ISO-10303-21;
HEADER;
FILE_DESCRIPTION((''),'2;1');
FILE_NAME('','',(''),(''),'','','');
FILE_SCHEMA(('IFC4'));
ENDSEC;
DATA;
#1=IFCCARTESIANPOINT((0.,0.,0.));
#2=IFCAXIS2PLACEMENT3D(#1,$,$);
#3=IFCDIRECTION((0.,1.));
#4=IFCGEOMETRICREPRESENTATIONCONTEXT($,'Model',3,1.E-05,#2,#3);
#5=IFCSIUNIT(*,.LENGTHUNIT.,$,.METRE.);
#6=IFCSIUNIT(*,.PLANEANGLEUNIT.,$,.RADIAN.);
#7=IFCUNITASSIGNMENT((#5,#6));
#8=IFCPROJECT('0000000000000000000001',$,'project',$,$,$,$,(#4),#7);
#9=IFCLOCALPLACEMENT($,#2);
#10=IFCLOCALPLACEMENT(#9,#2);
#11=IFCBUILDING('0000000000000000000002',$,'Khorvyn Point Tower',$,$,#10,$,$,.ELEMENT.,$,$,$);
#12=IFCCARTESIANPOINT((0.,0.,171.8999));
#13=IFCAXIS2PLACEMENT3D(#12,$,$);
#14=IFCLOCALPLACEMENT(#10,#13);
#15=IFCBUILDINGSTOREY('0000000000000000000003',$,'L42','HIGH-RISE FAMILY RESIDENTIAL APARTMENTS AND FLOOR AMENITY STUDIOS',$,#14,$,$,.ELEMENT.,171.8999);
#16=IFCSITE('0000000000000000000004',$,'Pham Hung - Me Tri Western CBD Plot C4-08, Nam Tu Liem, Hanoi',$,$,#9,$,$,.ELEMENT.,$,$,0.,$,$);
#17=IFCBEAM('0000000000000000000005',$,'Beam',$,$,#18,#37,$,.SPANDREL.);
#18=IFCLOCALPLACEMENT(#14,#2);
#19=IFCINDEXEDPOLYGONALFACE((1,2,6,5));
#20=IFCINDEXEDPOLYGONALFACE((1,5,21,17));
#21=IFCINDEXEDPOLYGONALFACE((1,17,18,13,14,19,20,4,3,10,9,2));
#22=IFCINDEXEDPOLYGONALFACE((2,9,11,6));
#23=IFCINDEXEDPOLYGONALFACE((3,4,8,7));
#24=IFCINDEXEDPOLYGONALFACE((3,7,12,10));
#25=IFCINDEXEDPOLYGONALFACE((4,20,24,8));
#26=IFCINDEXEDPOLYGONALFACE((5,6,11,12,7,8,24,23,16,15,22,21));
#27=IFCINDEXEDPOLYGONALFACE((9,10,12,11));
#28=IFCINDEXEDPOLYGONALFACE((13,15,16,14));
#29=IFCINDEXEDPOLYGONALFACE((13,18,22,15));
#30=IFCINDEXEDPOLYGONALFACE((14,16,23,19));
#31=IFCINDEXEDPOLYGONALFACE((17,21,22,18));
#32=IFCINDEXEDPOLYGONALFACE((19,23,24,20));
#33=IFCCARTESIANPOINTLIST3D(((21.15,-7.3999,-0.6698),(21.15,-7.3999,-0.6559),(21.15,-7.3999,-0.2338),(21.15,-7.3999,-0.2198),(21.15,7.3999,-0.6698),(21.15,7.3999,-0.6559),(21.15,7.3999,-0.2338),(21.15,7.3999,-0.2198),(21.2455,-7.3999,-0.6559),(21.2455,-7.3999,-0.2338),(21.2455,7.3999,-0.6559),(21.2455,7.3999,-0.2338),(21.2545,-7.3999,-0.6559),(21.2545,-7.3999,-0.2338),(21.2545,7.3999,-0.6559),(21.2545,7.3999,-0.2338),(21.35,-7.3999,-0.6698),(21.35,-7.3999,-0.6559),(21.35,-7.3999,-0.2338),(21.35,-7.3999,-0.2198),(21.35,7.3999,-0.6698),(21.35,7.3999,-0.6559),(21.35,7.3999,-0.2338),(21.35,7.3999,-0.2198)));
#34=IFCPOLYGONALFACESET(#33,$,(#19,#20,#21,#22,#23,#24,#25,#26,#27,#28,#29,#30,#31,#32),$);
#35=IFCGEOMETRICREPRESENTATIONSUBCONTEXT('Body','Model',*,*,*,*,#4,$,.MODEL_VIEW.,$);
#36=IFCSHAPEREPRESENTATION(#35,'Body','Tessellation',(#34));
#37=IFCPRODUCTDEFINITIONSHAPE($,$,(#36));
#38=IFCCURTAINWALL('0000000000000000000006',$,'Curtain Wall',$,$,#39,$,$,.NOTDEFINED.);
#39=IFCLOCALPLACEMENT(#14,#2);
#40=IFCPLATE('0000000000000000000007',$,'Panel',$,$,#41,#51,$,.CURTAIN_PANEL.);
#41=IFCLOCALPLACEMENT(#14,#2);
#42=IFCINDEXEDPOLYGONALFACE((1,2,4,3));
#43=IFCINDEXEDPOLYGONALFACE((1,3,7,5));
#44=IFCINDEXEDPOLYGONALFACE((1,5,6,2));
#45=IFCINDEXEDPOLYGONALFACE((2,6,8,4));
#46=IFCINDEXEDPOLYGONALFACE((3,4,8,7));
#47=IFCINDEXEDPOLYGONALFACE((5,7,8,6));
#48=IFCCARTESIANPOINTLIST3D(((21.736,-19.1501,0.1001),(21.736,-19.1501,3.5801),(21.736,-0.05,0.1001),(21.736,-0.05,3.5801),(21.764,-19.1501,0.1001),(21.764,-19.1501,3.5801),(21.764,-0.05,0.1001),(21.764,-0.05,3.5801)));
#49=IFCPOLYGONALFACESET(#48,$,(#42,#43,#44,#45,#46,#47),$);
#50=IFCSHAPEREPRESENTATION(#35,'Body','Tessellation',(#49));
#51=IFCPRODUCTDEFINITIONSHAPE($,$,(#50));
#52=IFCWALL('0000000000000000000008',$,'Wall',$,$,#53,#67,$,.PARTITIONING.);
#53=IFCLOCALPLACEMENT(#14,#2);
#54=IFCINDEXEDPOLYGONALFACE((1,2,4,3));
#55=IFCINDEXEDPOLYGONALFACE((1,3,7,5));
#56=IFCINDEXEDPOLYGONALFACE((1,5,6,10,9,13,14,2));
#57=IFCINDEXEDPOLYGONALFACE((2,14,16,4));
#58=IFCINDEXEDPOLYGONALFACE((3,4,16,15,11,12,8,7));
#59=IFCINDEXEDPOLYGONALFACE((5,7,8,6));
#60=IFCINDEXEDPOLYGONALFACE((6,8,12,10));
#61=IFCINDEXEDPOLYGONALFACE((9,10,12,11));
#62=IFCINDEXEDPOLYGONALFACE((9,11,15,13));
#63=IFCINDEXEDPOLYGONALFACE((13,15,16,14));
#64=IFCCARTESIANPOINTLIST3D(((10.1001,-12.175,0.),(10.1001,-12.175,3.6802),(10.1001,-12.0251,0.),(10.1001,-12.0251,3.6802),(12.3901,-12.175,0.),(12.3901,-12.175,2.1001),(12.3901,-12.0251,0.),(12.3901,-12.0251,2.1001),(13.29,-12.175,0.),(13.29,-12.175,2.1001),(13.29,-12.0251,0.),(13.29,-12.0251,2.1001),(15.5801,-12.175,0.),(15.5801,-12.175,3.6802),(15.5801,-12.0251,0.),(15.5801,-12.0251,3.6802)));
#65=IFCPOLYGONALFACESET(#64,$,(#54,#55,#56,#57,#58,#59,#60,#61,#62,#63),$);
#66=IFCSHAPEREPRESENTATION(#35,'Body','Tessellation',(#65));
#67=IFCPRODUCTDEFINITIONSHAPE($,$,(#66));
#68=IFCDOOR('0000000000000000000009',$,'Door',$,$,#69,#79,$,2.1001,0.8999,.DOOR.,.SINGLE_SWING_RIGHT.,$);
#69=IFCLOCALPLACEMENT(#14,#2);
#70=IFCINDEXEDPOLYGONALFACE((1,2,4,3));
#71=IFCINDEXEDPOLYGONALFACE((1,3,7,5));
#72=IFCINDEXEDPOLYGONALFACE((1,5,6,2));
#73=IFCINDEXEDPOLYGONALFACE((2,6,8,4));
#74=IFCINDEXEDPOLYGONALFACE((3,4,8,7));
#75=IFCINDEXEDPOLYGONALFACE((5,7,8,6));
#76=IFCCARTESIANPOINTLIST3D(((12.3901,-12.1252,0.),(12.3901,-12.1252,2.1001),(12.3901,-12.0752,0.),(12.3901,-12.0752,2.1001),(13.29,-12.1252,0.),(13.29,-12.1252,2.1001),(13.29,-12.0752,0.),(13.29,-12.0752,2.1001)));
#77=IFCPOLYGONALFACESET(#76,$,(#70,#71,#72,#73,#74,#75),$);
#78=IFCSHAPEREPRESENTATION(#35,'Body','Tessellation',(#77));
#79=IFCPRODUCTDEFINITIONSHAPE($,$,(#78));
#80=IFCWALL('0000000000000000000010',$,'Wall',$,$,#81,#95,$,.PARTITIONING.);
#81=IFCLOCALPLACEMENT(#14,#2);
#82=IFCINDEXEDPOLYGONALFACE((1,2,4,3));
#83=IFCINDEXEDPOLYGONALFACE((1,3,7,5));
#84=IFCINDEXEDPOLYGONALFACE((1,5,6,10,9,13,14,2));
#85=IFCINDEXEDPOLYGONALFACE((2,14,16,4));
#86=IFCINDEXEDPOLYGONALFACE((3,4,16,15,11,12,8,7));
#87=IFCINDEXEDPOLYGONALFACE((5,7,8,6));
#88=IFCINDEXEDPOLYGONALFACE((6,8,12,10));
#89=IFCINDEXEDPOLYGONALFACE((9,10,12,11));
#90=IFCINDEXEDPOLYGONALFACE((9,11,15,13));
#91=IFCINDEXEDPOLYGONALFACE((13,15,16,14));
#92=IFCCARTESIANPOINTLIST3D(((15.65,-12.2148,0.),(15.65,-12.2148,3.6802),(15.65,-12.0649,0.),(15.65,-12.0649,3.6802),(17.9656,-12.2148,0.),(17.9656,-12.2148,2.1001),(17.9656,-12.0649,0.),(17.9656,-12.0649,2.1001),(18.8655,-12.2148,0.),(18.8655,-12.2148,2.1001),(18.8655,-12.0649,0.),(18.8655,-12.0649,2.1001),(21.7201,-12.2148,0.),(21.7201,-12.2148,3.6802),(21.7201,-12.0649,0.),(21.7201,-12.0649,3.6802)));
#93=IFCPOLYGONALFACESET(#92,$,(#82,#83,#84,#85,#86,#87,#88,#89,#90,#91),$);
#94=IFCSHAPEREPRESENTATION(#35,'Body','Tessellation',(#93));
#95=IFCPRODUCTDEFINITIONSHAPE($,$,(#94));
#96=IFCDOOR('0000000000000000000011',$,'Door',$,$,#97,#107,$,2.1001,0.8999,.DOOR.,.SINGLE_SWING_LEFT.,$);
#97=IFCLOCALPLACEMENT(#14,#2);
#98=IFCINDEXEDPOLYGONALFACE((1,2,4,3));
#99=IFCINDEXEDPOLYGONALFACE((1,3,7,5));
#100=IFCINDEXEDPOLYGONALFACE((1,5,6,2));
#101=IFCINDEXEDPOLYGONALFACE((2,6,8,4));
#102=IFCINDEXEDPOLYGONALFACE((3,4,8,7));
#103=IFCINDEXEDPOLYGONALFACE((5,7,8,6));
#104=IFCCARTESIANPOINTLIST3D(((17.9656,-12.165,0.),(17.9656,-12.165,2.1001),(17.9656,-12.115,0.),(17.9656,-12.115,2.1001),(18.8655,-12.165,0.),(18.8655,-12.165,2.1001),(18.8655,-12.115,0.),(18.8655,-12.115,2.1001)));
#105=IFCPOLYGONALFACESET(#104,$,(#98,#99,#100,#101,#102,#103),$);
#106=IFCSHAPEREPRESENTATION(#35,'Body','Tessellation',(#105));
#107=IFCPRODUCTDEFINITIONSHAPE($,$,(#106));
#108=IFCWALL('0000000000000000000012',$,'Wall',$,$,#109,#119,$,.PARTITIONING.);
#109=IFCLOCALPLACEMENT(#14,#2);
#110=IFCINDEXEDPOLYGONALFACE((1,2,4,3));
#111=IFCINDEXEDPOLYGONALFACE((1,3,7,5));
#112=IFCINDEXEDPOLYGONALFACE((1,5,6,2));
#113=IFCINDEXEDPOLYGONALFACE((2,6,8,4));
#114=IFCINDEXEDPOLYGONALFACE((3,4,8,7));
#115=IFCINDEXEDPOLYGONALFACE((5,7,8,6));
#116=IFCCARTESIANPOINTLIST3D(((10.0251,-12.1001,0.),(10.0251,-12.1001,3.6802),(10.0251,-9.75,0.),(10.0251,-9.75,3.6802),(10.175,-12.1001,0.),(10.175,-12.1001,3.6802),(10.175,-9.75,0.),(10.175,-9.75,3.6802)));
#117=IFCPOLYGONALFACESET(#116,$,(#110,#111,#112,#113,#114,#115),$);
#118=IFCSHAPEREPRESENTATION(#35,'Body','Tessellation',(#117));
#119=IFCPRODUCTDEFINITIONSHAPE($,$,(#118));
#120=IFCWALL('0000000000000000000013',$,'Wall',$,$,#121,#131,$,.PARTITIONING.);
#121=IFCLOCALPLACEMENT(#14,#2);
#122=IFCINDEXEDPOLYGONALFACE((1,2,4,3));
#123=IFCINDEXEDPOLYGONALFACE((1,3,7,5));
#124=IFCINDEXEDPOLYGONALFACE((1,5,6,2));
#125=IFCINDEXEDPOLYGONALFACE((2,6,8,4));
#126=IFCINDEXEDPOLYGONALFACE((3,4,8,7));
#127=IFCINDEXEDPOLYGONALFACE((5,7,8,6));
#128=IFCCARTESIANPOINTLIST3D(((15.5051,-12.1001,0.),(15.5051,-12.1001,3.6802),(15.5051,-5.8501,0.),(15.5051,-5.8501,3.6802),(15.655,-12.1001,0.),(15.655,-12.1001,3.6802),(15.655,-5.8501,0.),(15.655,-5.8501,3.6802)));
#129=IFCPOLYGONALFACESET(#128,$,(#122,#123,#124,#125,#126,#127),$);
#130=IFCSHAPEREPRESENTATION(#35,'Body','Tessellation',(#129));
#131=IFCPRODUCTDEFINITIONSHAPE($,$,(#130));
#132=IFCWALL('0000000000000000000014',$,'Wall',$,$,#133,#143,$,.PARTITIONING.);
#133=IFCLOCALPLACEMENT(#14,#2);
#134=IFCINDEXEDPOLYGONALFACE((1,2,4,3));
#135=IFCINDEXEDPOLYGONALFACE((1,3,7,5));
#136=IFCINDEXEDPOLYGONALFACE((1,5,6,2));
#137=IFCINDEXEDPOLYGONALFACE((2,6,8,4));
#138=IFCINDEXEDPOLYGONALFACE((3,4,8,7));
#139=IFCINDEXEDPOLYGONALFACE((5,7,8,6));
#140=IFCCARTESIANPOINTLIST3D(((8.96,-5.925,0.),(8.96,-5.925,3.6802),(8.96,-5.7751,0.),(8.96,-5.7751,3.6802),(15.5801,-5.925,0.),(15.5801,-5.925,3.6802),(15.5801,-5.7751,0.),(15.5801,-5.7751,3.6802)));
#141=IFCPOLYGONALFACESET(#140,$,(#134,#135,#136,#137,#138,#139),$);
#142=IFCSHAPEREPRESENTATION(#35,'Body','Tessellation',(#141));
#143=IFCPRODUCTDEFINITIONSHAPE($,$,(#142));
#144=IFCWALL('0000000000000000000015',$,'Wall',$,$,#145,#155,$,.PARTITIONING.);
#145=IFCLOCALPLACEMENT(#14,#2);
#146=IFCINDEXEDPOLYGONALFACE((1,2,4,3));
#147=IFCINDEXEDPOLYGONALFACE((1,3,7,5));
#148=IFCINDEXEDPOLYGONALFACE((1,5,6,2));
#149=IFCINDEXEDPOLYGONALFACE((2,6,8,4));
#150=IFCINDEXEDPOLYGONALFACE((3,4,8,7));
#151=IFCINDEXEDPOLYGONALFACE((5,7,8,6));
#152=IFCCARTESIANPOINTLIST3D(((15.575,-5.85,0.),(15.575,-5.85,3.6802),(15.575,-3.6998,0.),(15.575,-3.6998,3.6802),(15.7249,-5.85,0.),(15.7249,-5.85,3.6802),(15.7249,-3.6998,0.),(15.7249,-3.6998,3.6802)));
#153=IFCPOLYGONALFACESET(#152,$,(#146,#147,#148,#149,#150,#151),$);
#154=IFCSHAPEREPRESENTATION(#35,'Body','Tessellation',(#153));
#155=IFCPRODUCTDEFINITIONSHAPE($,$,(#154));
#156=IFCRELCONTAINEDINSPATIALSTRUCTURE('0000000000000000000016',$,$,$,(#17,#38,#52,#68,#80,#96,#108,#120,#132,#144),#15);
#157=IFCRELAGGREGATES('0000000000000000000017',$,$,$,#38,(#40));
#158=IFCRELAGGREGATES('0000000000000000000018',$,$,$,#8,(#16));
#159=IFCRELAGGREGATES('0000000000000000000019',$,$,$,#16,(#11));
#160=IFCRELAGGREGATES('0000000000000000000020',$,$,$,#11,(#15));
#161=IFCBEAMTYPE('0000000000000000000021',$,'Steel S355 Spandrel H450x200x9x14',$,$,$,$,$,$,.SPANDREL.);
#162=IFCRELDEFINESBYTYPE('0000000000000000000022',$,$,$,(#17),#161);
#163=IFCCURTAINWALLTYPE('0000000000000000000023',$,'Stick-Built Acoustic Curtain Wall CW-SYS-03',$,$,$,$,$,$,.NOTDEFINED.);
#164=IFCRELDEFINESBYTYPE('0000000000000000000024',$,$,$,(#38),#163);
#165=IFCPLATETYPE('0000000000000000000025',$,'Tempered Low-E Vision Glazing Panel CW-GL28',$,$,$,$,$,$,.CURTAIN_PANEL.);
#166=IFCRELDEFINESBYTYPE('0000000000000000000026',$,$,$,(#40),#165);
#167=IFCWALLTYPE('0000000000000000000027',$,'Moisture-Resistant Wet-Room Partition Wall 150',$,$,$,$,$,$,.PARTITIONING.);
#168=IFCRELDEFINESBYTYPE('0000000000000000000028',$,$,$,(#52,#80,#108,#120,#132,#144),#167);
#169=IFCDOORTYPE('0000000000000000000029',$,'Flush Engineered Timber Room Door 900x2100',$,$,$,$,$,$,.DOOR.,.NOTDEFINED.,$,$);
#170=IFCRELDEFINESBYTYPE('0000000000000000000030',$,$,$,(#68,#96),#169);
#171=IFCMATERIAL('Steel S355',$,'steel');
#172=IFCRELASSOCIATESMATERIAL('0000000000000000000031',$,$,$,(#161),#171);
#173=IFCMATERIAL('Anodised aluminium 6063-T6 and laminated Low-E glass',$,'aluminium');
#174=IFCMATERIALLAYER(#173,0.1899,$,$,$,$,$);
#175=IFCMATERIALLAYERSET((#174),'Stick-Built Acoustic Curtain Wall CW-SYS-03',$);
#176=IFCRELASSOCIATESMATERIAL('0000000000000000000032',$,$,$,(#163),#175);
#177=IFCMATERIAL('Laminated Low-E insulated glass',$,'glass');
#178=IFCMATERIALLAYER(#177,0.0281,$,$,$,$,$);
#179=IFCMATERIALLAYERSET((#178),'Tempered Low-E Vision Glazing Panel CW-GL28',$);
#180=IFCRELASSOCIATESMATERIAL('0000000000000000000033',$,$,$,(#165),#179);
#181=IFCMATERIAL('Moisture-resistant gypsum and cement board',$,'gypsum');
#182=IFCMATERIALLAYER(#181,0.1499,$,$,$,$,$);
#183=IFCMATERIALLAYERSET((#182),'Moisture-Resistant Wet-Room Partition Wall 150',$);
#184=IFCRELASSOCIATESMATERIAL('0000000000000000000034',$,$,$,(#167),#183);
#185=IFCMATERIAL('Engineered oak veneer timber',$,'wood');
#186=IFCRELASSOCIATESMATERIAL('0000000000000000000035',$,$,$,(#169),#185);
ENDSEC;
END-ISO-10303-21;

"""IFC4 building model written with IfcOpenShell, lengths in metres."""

from ifc_helpers import new_model, si_unit, direction, frame, frame_2d, origin, origin_2d, place, context, subcontext, project, spatial, rectangle, i_section, extrude, material, layer, layer_set, material_profile, profile_set, type_object, element, fill, aggregate, save


model = new_model("IFC4")

# Units and contexts
model_context = context("Model", 3, precision=1e-05, world=origin(), true_north=direction((0.0, 1.0)))
body_context = subcontext(model_context, "Body", "Model", "MODEL_VIEW")
ifc_project = project(units=[si_unit("LENGTHUNIT", "METRE"), si_unit("PLANEANGLEUNIT", "RADIAN")], contexts=[model_context])

# Site, building, storey
site_placement = place(None, origin())
site = spatial("IfcSite", under=ifc_project, at=site_placement, Name="Pham Hung - Me Tri Western CBD Plot C4-08, Nam Tu Liem, Hanoi", CompositionType="ELEMENT", RefElevation=0.0)
building_placement = place(site_placement, origin())
building = spatial("IfcBuilding", under=site, at=building_placement, Name="Khorvyn Point Tower", CompositionType="ELEMENT")
storey_placement = place(building_placement, frame((0.0, 0.0, 171.8999)))
storey = spatial("IfcBuildingStorey", under=building, at=storey_placement, Name="L42", Description="HIGH-RISE FAMILY RESIDENTIAL APARTMENTS AND FLOOR AMENITY STUDIOS", CompositionType="ELEMENT", Elevation=171.8999)

# Beam
ifc_material_1 = material(Name="Steel S355", Category="steel")
ifc_material_profile_1 = material_profile(ifc_material_1, i_section(OverallWidth=0.2, OverallDepth=0.45, WebThickness=0.009, FlangeThickness=0.0139, at=origin_2d()))
ifc_profile_set_1 = profile_set([ifc_material_profile_1], Name="Steel S355 H450x200x9x14")
beam_type_1 = type_object("IfcBeamType", Name="Steel S355 Spandrel H450x200x9x14", PredefinedType="SPANDREL", material=ifc_profile_set_1)
beam_1_placement = place(storey_placement, frame((21.25, -7.3999, -0.4448), z_axis=(0.0, 1.0, 0.0), x_axis=(-1.0, 0.0, 0.0)))
element("IfcBeam", 1, at=beam_1_placement, inside=storey, type_object=beam_type_1, Name="Beam", PredefinedType="SPANDREL", context=body_context, shape_type="SweptSolid", body=[
    extrude(i_section(OverallWidth=0.2, OverallDepth=0.45, WebThickness=0.009, FlangeThickness=0.0139, at=origin_2d()), origin(), (0.0, 0.0, 1.0), 14.7998),
])

# Curtain wall, plate
ifc_material_2 = material(Name="Anodised aluminium 6063-T6 and laminated Low-E glass", Category="aluminium")
ifc_layer_1 = layer(ifc_material_2, 0.1899)
ifc_layer_set_1 = layer_set([ifc_layer_1], Name="Stick-Built Acoustic Curtain Wall CW-SYS-03")
curtain_wall_type = type_object("IfcCurtainWallType", Name="Stick-Built Acoustic Curtain Wall CW-SYS-03", PredefinedType="NOTDEFINED", material=ifc_layer_set_1)
curtain_wall_placement = place(storey_placement, origin())
curtain_wall = element("IfcCurtainWall", 2, at=curtain_wall_placement, inside=storey, type_object=curtain_wall_type, Name="Curtain Wall", PredefinedType="NOTDEFINED")
ifc_material_3 = material(Name="Laminated Low-E insulated glass", Category="glass")
ifc_layer_2 = layer(ifc_material_3, 0.0281)
ifc_layer_set_2 = layer_set([ifc_layer_2], Name="Tempered Low-E Vision Glazing Panel CW-GL28")
plate_type = type_object("IfcPlateType", Name="Tempered Low-E Vision Glazing Panel CW-GL28", PredefinedType="CURTAIN_PANEL", material=ifc_layer_set_2)
plate_placement = place(storey_placement, frame((21.75, -9.6001, 0.1001), z_axis=(0.0, 0.0, 1.0), x_axis=(0.0, -1.0, 0.0)))
plate = element("IfcPlate", 3, at=plate_placement, type_object=plate_type, Name="Panel", PredefinedType="CURTAIN_PANEL", context=body_context, shape_type="SweptSolid", body=[
    extrude(rectangle(XDim=19.1001, YDim=0.0281, at=origin_2d()), origin(), (0.0, 0.0, 1.0), 3.48),
])
aggregate(curtain_wall, [plate])

# Walls, openings, doors
ifc_material_4 = material(Name="Moisture-resistant gypsum and cement board", Category="gypsum")
ifc_layer_3 = layer(ifc_material_4, 0.1499)
ifc_layer_set_3 = layer_set([ifc_layer_3], Name="Moisture-Resistant Wet-Room Partition Wall 150")
wall_type = type_object("IfcWallType", Name="Moisture-Resistant Wet-Room Partition Wall 150", PredefinedType="PARTITIONING", material=ifc_layer_set_3)
wall_1_placement = place(storey_placement, frame((10.1001, -12.1001, 0.0), z_axis=(0.0, 0.0, 1.0), x_axis=(1.0, 0.0, 0.0)))
wall_1 = element("IfcWall", 4, at=wall_1_placement, inside=storey, type_object=wall_type, Name="Wall", PredefinedType="PARTITIONING", context=body_context, shape_type="SweptSolid", body=[
    extrude(rectangle(XDim=5.48, YDim=0.1499, at=frame_2d((2.74, 0.0))), origin(), (0.0, 0.0, 1.0), 3.6802),
])
opening_1_placement = place(wall_1_placement, frame((2.29, 0.0, 0.0)))
opening_1 = element("IfcOpeningElement", 5, at=opening_1_placement, cuts=wall_1, PredefinedType="OPENING", context=body_context, shape_type="SweptSolid", body=[
    extrude(rectangle(XDim=0.8999, YDim=2.1001, at=frame_2d((0.45, 1.05))), frame((0.0, 0.085, 0.0), z_axis=(0.0, -1.0, 0.0), x_axis=(1.0, 0.0, 0.0)), (0.0, 0.0, 1.0), 0.1699),
])
ifc_material_5 = material(Name="Engineered oak veneer timber", Category="wood")
door_type = type_object("IfcDoorType", Name="Flush Engineered Timber Room Door 900x2100", OperationType="NOTDEFINED", PredefinedType="DOOR", material=ifc_material_5)
door_1_placement = place(opening_1_placement, origin())
door_1 = element("IfcDoor", 6, at=door_1_placement, inside=storey, type_object=door_type, Name="Door", OperationType="SINGLE_SWING_RIGHT", OverallHeight=2.1001, OverallWidth=0.8999, PredefinedType="DOOR", context=body_context, shape_type="SweptSolid", body=[
    extrude(rectangle(XDim=0.8999, YDim=2.1001, at=frame_2d((0.45, 1.05))), frame((0.0, 0.0249, 0.0), z_axis=(0.0, -1.0, 0.0), x_axis=(1.0, 0.0, 0.0)), (0.0, 0.0, 1.0), 0.05),
])
fill(opening_1, door_1)
wall_2_placement = place(storey_placement, frame((15.6499, -12.1399, 0.0), z_axis=(0.0, 0.0, 1.0), x_axis=(1.0, 0.0, 0.0)))
wall_2 = element("IfcWall", 7, at=wall_2_placement, inside=storey, type_object=wall_type, Name="Wall", PredefinedType="PARTITIONING", context=body_context, shape_type="SweptSolid", body=[
    extrude(rectangle(XDim=6.0701, YDim=0.1499, at=frame_2d((3.0352, 0.0))), origin(), (0.0, 0.0, 1.0), 3.6802),
])
opening_2_placement = place(wall_2_placement, frame((2.3157, 0.0, 0.0)))
opening_2 = element("IfcOpeningElement", 8, at=opening_2_placement, cuts=wall_2, PredefinedType="OPENING", context=body_context, shape_type="SweptSolid", body=[
    extrude(rectangle(XDim=0.8999, YDim=2.1001, at=frame_2d((0.45, 1.05))), frame((0.0, 0.085, 0.0), z_axis=(0.0, -1.0, 0.0), x_axis=(1.0, 0.0, 0.0)), (0.0, 0.0, 1.0), 0.1699),
])
door_2_placement = place(opening_2_placement, origin())
door_2 = element("IfcDoor", 9, at=door_2_placement, inside=storey, type_object=door_type, Name="Door", OperationType="SINGLE_SWING_LEFT", OverallHeight=2.1001, OverallWidth=0.8999, PredefinedType="DOOR", context=body_context, shape_type="SweptSolid", body=[
    extrude(rectangle(XDim=0.8999, YDim=2.1001, at=frame_2d((0.45, 1.05))), frame((0.0, 0.0249, 0.0), z_axis=(0.0, -1.0, 0.0), x_axis=(1.0, 0.0, 0.0)), (0.0, 0.0, 1.0), 0.05),
])
fill(opening_2, door_2)

# Walls
wall_3_placement = place(storey_placement, frame((10.1001, -12.1001, 0.0), z_axis=(0.0, 0.0, 1.0), x_axis=(0.0, 1.0, 0.0)))
element("IfcWall", 10, at=wall_3_placement, inside=storey, type_object=wall_type, Name="Wall", PredefinedType="PARTITIONING", context=body_context, shape_type="SweptSolid", body=[
    extrude(rectangle(XDim=2.3501, YDim=0.1499, at=frame_2d((1.175, 0.0))), origin(), (0.0, 0.0, 1.0), 3.6802),
])
wall_4_placement = place(storey_placement, frame((15.5801, -12.1001, 0.0), z_axis=(0.0, 0.0, 1.0), x_axis=(0.0, 1.0, 0.0)))
element("IfcWall", 11, at=wall_4_placement, inside=storey, type_object=wall_type, Name="Wall", PredefinedType="PARTITIONING", context=body_context, shape_type="SweptSolid", body=[
    extrude(rectangle(XDim=6.25, YDim=0.1499, at=frame_2d((3.125, 0.0))), origin(), (0.0, 0.0, 1.0), 3.6802),
])
wall_5_placement = place(storey_placement, frame((8.96, -5.8501, 0.0), z_axis=(0.0, 0.0, 1.0), x_axis=(1.0, 0.0, 0.0)))
element("IfcWall", 12, at=wall_5_placement, inside=storey, type_object=wall_type, Name="Wall", PredefinedType="PARTITIONING", context=body_context, shape_type="SweptSolid", body=[
    extrude(rectangle(XDim=6.6201, YDim=0.1499, at=frame_2d((3.3101, 0.0))), origin(), (0.0, 0.0, 1.0), 3.6802),
])
wall_6_placement = place(storey_placement, frame((15.6499, -5.8501, 0.0), z_axis=(0.0, 0.0, 1.0), x_axis=(0.0, 1.0, 0.0)))
element("IfcWall", 13, at=wall_6_placement, inside=storey, type_object=wall_type, Name="Wall", PredefinedType="PARTITIONING", context=body_context, shape_type="SweptSolid", body=[
    extrude(rectangle(XDim=2.1501, YDim=0.1499, at=frame_2d((1.0752, 0.0))), origin(), (0.0, 0.0, 1.0), 3.6802),
])

save(model, "model.ifc")
